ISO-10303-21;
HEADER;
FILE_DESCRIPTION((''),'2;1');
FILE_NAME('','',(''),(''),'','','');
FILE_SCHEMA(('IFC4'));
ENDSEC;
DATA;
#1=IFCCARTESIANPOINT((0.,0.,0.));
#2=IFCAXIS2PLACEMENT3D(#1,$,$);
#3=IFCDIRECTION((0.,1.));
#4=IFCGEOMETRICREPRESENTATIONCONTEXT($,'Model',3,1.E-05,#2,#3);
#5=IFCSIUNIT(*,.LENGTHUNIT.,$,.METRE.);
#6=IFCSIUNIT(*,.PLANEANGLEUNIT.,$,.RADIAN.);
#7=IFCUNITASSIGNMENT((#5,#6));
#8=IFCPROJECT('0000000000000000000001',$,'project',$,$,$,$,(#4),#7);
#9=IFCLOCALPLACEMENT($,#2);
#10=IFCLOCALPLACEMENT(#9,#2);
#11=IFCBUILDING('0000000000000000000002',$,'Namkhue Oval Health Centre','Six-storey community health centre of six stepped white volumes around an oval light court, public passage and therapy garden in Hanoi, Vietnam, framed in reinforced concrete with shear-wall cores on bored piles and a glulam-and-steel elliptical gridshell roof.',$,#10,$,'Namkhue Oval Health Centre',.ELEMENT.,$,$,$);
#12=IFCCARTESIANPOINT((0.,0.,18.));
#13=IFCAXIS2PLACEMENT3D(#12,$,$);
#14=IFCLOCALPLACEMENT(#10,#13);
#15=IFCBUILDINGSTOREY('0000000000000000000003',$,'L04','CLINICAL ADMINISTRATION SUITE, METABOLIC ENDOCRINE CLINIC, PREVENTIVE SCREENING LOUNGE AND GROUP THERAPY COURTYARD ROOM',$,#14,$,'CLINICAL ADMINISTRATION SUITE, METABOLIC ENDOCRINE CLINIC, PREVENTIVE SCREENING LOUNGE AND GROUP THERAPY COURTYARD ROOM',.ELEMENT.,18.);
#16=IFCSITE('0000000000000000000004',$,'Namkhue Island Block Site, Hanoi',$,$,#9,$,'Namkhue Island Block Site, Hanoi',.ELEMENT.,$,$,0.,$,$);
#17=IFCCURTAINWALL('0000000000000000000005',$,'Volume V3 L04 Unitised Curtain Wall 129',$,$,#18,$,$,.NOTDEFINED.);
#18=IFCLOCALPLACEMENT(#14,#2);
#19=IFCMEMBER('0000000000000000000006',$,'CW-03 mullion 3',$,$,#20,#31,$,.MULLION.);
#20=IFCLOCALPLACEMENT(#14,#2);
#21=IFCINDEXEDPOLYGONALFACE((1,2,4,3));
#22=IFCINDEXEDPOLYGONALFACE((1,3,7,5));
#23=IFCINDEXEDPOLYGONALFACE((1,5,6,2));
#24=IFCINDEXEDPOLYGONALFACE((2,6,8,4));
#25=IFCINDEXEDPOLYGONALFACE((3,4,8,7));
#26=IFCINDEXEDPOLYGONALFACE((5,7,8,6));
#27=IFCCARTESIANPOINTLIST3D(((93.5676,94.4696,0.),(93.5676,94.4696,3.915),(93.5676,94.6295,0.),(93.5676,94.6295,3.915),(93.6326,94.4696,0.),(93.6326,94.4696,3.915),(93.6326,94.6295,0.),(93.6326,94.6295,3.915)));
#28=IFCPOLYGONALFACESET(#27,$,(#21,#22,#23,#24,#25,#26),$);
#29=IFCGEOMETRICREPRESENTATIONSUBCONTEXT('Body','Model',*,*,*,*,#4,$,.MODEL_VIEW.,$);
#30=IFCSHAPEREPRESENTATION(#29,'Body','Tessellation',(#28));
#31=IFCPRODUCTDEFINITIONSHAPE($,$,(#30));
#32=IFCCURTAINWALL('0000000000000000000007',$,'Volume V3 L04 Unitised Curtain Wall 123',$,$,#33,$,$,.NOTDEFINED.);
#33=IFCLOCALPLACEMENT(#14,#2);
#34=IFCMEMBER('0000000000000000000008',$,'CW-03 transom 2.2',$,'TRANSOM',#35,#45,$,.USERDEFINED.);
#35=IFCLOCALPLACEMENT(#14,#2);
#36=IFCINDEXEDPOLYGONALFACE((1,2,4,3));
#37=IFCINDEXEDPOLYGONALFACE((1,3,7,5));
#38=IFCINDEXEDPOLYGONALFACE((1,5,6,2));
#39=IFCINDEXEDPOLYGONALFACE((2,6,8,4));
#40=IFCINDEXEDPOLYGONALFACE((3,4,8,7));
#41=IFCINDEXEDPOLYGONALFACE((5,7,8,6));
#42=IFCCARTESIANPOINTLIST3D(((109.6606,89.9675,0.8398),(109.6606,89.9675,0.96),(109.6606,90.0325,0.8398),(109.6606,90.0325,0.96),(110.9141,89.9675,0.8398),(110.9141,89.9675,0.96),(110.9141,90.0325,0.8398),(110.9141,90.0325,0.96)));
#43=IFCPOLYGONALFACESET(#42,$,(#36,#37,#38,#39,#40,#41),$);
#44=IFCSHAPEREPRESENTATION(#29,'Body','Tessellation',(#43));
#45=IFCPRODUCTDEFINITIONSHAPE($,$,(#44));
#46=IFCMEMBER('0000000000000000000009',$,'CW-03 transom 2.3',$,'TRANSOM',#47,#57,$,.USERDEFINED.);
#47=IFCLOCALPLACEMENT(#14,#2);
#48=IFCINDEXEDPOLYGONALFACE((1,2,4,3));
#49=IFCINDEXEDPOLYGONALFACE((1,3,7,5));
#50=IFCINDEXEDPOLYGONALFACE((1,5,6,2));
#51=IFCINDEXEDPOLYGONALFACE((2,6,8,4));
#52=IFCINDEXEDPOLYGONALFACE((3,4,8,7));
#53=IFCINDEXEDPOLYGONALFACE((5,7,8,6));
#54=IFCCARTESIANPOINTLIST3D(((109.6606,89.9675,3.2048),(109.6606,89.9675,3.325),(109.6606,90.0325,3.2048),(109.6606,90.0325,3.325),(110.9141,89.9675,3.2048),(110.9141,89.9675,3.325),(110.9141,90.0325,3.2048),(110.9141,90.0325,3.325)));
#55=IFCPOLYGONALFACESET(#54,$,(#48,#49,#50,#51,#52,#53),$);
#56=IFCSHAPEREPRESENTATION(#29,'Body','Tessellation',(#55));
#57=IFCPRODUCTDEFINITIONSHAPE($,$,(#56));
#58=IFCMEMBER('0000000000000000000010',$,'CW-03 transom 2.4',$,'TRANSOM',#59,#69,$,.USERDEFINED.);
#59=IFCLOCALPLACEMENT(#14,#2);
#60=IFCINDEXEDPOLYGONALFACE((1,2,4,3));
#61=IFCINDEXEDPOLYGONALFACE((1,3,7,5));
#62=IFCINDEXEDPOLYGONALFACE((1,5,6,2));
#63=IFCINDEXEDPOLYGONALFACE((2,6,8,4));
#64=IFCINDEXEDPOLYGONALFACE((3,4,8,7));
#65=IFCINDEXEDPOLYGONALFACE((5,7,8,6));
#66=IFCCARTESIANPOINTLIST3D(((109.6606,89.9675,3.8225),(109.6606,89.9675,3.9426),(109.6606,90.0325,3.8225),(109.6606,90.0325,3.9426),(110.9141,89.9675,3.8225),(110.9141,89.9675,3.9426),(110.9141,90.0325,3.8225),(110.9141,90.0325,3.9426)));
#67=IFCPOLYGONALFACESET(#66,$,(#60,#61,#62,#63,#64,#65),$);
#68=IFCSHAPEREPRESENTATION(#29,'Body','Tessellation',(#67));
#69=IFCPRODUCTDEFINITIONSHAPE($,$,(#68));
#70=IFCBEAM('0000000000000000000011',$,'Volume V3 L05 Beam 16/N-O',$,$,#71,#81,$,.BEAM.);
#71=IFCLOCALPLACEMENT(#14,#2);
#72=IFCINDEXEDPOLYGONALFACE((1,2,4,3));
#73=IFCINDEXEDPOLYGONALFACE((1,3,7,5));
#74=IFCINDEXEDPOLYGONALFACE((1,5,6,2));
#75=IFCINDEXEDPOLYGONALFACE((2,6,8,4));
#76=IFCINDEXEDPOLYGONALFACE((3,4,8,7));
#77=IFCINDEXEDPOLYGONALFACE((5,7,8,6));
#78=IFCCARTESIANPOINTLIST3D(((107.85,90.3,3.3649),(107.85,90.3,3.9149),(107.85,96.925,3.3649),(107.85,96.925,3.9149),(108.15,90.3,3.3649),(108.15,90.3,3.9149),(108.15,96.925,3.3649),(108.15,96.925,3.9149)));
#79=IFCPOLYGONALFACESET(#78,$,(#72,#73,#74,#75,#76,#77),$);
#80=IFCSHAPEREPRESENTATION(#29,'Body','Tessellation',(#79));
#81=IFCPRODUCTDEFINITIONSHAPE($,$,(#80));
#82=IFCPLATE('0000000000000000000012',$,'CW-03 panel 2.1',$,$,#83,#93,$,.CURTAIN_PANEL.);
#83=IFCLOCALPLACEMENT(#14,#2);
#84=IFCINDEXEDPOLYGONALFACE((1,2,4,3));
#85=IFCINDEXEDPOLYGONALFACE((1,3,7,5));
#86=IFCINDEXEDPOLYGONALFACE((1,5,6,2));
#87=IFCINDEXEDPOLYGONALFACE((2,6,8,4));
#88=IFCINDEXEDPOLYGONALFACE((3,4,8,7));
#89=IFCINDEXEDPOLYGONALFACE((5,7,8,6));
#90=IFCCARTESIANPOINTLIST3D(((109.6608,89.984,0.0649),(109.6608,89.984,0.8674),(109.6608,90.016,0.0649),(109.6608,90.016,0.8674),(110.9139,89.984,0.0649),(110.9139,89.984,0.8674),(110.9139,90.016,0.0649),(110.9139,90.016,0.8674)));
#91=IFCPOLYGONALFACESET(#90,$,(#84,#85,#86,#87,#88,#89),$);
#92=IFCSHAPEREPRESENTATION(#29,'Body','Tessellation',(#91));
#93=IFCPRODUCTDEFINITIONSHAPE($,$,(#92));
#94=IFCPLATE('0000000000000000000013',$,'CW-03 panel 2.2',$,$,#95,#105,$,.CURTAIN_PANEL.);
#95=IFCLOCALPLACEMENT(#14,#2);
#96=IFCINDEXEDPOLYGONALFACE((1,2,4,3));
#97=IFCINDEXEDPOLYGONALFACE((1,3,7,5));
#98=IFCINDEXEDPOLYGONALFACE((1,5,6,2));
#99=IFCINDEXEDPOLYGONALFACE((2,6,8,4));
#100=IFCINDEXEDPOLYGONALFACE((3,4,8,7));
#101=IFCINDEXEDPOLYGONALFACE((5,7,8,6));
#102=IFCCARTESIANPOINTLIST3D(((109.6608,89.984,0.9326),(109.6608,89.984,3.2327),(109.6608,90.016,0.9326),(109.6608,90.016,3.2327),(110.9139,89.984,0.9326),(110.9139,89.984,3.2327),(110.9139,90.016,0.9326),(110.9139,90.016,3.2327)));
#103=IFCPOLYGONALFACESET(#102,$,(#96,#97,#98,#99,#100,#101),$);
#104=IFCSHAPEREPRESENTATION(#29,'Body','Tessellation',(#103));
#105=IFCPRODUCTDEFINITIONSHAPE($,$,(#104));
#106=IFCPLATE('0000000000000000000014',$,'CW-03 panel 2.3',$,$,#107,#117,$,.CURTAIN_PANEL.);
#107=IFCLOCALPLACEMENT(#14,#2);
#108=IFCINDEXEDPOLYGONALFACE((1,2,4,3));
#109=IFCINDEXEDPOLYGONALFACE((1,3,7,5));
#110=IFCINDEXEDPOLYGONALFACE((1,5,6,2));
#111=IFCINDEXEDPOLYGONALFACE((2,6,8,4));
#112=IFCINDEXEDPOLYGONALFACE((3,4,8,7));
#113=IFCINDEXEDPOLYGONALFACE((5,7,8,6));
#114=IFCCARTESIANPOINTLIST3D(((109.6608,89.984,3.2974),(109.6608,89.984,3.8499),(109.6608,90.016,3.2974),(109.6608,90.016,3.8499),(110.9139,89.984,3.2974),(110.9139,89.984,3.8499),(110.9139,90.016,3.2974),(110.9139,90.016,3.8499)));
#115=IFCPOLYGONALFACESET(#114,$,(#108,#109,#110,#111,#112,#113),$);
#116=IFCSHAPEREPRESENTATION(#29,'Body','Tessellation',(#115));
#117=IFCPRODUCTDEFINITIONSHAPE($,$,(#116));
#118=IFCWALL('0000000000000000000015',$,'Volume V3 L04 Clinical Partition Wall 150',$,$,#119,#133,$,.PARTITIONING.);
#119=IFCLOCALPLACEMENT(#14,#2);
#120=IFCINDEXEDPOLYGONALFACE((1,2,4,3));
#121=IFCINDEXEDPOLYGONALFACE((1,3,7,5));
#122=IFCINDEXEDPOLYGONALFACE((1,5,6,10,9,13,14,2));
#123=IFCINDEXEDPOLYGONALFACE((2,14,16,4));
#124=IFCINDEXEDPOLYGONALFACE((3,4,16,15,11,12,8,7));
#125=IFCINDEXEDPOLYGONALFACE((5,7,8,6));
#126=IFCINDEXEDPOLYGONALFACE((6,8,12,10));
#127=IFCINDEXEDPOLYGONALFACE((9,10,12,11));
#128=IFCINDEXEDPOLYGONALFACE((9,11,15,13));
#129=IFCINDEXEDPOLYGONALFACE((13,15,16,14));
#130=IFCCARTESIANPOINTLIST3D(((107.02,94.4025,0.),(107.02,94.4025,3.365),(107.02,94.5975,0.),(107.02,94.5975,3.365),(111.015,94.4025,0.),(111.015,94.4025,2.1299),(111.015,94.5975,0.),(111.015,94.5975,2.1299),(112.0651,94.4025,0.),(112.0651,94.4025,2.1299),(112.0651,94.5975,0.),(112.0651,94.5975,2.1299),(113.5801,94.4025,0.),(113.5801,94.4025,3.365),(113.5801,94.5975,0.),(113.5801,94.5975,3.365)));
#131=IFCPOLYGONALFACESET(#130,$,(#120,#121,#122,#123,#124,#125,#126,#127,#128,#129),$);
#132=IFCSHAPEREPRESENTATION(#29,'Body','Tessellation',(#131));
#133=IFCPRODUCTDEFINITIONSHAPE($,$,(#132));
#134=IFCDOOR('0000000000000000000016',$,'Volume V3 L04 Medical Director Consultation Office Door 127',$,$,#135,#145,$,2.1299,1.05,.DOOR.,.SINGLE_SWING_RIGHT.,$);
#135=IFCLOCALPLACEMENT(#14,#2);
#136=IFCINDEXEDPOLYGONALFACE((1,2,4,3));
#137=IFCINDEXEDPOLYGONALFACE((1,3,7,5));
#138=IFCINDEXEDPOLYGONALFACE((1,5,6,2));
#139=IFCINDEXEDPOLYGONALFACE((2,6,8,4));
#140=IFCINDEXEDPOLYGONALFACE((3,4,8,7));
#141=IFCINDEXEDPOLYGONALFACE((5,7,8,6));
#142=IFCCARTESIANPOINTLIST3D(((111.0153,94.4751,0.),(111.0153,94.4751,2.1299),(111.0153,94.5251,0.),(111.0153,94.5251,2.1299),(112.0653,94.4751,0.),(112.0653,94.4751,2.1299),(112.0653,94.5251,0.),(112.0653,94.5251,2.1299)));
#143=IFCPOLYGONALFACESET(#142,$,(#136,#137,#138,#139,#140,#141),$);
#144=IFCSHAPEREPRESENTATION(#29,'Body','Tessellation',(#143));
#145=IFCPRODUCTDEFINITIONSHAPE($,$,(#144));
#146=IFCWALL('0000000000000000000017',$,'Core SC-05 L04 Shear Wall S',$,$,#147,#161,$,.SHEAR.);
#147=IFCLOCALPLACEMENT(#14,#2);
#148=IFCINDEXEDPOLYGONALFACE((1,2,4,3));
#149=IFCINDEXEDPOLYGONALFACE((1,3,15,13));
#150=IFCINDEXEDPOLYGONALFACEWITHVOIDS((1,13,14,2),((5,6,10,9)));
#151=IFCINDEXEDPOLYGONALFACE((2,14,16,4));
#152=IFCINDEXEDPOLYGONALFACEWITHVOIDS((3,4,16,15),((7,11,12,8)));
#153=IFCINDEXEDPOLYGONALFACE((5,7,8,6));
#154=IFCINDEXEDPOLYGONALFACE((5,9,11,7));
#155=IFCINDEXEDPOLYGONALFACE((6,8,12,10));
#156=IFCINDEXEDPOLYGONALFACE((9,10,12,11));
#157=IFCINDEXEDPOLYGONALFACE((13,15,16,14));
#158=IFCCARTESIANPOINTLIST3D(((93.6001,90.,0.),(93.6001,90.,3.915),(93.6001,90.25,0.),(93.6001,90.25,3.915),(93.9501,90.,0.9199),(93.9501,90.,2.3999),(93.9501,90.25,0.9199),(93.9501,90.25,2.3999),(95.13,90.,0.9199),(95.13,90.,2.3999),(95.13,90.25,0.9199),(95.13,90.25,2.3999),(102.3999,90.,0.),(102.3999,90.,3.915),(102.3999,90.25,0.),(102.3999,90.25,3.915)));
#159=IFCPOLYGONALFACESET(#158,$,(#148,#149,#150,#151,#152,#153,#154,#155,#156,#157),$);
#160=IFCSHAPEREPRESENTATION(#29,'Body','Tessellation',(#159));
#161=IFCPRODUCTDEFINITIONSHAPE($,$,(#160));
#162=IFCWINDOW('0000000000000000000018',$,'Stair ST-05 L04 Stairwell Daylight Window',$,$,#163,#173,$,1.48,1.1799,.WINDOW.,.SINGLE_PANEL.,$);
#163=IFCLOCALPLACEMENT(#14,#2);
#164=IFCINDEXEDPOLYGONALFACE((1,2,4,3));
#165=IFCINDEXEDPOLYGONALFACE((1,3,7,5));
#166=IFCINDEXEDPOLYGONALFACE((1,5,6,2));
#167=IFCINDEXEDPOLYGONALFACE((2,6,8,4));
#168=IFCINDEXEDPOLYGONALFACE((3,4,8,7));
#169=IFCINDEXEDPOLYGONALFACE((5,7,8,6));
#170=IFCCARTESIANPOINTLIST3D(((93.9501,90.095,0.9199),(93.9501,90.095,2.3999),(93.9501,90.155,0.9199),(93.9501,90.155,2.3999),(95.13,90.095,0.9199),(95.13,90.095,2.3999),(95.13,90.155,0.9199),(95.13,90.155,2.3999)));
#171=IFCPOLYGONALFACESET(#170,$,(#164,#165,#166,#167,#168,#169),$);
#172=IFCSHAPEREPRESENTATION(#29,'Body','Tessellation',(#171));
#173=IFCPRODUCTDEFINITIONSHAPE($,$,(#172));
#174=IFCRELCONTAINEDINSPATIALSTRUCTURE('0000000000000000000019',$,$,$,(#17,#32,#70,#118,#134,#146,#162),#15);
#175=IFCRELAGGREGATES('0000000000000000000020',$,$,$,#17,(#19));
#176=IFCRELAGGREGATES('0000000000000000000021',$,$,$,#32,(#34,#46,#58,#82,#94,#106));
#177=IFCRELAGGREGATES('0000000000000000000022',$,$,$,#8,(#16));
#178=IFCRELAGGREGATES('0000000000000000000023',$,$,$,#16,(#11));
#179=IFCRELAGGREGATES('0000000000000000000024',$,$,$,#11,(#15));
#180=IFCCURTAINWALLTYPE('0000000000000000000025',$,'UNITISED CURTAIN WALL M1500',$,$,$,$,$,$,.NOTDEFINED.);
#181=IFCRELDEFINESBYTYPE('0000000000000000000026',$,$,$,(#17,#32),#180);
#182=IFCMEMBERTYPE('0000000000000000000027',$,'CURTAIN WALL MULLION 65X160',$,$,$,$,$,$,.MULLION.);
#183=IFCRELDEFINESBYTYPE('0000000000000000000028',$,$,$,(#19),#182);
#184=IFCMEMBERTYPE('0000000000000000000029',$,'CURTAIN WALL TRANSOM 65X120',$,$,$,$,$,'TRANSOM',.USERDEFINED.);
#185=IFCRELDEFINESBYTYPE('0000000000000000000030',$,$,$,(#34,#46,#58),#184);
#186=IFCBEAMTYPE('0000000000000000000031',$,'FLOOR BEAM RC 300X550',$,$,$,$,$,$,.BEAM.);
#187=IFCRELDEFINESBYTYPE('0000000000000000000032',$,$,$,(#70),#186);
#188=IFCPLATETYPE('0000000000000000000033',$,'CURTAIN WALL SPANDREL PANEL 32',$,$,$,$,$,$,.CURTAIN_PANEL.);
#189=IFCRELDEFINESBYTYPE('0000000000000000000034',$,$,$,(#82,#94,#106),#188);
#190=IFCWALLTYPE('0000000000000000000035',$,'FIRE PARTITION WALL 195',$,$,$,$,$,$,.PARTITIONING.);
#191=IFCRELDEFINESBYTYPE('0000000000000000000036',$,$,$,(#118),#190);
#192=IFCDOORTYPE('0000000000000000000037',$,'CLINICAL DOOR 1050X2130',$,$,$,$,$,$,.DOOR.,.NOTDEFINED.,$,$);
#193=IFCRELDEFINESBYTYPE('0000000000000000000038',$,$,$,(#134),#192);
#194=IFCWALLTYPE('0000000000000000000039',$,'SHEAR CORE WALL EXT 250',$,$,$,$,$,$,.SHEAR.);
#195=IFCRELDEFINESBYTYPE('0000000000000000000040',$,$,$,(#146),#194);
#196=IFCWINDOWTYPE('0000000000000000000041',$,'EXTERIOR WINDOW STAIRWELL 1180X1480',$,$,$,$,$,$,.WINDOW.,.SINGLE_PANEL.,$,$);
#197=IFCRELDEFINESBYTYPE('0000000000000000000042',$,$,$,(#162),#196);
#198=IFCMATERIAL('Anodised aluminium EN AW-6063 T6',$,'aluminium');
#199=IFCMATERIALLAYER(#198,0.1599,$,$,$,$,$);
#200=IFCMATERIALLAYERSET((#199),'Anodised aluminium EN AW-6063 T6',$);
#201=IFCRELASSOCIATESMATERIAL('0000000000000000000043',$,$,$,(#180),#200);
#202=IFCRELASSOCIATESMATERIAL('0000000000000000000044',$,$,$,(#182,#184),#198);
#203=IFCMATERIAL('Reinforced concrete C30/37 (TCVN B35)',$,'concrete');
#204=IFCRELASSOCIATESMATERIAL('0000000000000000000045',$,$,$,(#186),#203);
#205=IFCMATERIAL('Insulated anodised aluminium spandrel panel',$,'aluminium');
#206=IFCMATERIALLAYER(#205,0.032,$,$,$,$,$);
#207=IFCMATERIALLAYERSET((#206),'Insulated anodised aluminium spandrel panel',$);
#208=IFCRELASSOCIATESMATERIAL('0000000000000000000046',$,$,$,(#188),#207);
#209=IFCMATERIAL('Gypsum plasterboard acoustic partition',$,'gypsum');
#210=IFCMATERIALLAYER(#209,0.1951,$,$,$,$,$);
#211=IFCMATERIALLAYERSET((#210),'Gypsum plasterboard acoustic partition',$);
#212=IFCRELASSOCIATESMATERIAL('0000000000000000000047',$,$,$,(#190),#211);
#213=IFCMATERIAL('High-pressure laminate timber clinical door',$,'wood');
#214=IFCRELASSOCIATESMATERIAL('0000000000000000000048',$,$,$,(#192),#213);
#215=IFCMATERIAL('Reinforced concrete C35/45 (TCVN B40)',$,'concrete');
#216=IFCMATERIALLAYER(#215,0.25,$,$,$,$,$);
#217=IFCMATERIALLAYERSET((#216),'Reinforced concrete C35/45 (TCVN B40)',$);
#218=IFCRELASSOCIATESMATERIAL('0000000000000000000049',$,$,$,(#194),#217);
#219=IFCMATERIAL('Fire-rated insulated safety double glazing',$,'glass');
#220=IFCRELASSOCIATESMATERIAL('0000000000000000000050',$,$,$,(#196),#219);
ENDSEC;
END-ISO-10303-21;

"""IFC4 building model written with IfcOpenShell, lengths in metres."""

from ifc_helpers import new_model, si_unit, direction, frame, frame_2d, origin, origin_2d, place, context, subcontext, project, spatial, rectangle, extrude, material, layer, layer_set, material_profile, profile_set, type_object, element, fill, aggregate, save


model = new_model("IFC4")

# Units and contexts
model_context = context("Model", 3, precision=1e-05, world=origin(), true_north=direction((0.0, 1.0)))
body_context = subcontext(model_context, "Body", "Model", "MODEL_VIEW")
ifc_project = project(units=[si_unit("LENGTHUNIT", "METRE"), si_unit("PLANEANGLEUNIT", "RADIAN")], contexts=[model_context])

# Site, building, storey
site_placement = place(None, origin())
site = spatial("IfcSite", under=ifc_project, at=site_placement, Name="Namkhue Island Block Site, Hanoi", LongName="Namkhue Island Block Site, Hanoi", CompositionType="ELEMENT", RefElevation=0.0)
building_placement = place(site_placement, origin())
building = spatial("IfcBuilding", under=site, at=building_placement, Name="Namkhue Oval Health Centre", Description="Six-storey community health centre of six stepped white volumes around an oval light court, public passage and therapy garden in Hanoi, Vietnam, framed in reinforced concrete with shear-wall cores on bored piles and a glulam-and-steel elliptical gridshell roof.", LongName="Namkhue Oval Health Centre", CompositionType="ELEMENT")
storey_placement = place(building_placement, frame((0.0, 0.0, 18.0)))
storey = spatial("IfcBuildingStorey", under=building, at=storey_placement, Name="L04", Description="CLINICAL ADMINISTRATION SUITE, METABOLIC ENDOCRINE CLINIC, PREVENTIVE SCREENING LOUNGE AND GROUP THERAPY COURTYARD ROOM", LongName="CLINICAL ADMINISTRATION SUITE, METABOLIC ENDOCRINE CLINIC, PREVENTIVE SCREENING LOUNGE AND GROUP THERAPY COURTYARD ROOM", CompositionType="ELEMENT", Elevation=18.0)

# Curtain wall, member
ifc_material_1 = material(Name="Anodised aluminium EN AW-6063 T6", Category="aluminium")
ifc_layer_1 = layer(ifc_material_1, 0.1599)
ifc_layer_set_1 = layer_set([ifc_layer_1], Name="Anodised aluminium EN AW-6063 T6")
curtain_wall_type = type_object("IfcCurtainWallType", Name="UNITISED CURTAIN WALL M1500", PredefinedType="NOTDEFINED", material=ifc_layer_set_1)
curtain_wall_1_placement = place(storey_placement, origin())
curtain_wall_1 = element("IfcCurtainWall", 1, at=curtain_wall_1_placement, inside=storey, type_object=curtain_wall_type, Name="Volume V3 L04 Unitised Curtain Wall 129", PredefinedType="NOTDEFINED")
ifc_material_profile_1 = material_profile(ifc_material_1, rectangle(XDim=0.0649, YDim=0.1599, at=origin_2d()), Name="ALU 65x160")
ifc_profile_set_1 = profile_set([ifc_material_profile_1], Name="Anodised aluminium EN AW-6063 T6")
member_type_1 = type_object("IfcMemberType", Name="CURTAIN WALL MULLION 65X160", PredefinedType="MULLION", material=ifc_profile_set_1)
member_1_placement = place(storey_placement, frame((93.6001, 94.5496, 0.0), z_axis=(0.0, 0.0, 1.0), x_axis=(1.0, 0.0, 0.0)))
member_1 = element("IfcMember", 2, at=member_1_placement, type_object=member_type_1, Name="CW-03 mullion 3", PredefinedType="MULLION", context=body_context, shape_type="SweptSolid", body=[
    extrude(rectangle(XDim=0.0649, YDim=0.1599, at=origin_2d()), origin(), (0.0, 0.0, 1.0), 3.915),
])
aggregate(curtain_wall_1, [member_1])

# Curtain wall, members
curtain_wall_2_placement = place(storey_placement, origin())
curtain_wall_2 = element("IfcCurtainWall", 3, at=curtain_wall_2_placement, inside=storey, type_object=curtain_wall_type, Name="Volume V3 L04 Unitised Curtain Wall 123", PredefinedType="NOTDEFINED")
ifc_material_profile_2 = material_profile(ifc_material_1, rectangle(XDim=0.0649, YDim=0.1201, at=origin_2d()), Name="ALU 65x120")
ifc_profile_set_2 = profile_set([ifc_material_profile_2], Name="Anodised aluminium EN AW-6063 T6")
member_type_2 = type_object("IfcMemberType", Name="CURTAIN WALL TRANSOM 65X120", ElementType="TRANSOM", PredefinedType="USERDEFINED", material=ifc_profile_set_2)
member_2_placement = place(storey_placement, frame((109.6606, 90.0, 0.8999), z_axis=(1.0, 0.0, 0.0), x_axis=(0.0, 1.0, 0.0)))
member_2 = element("IfcMember", 4, at=member_2_placement, type_object=member_type_2, Name="CW-03 transom 2.2", ObjectType="TRANSOM", PredefinedType="USERDEFINED", context=body_context, shape_type="SweptSolid", body=[
    extrude(rectangle(XDim=0.0649, YDim=0.1201, at=origin_2d()), origin(), (0.0, 0.0, 1.0), 1.2534),
])
member_3_placement = place(storey_placement, frame((109.6606, 90.0, 3.2649), z_axis=(1.0, 0.0, 0.0), x_axis=(0.0, 1.0, 0.0)))
member_3 = element("IfcMember", 5, at=member_3_placement, type_object=member_type_2, Name="CW-03 transom 2.3", ObjectType="TRANSOM", PredefinedType="USERDEFINED", context=body_context, shape_type="SweptSolid", body=[
    extrude(rectangle(XDim=0.0649, YDim=0.1201, at=origin_2d()), origin(), (0.0, 0.0, 1.0), 1.2534),
])
member_4_placement = place(storey_placement, frame((109.6606, 90.0, 3.8826), z_axis=(1.0, 0.0, 0.0), x_axis=(0.0, 1.0, 0.0)))
member_4 = element("IfcMember", 6, at=member_4_placement, type_object=member_type_2, Name="CW-03 transom 2.4", ObjectType="TRANSOM", PredefinedType="USERDEFINED", context=body_context, shape_type="SweptSolid", body=[
    extrude(rectangle(XDim=0.0649, YDim=0.1201, at=origin_2d()), origin(), (0.0, 0.0, 1.0), 1.2534),
])

# Beam
ifc_material_2 = material(Name="Reinforced concrete C30/37 (TCVN B35)", Category="concrete")
ifc_material_profile_3 = material_profile(ifc_material_2, rectangle(XDim=0.3, YDim=0.55, at=origin_2d()), Name="RC 300x550")
ifc_profile_set_3 = profile_set([ifc_material_profile_3], Name="Reinforced concrete C30/37 (TCVN B35)")
beam_type = type_object("IfcBeamType", Name="FLOOR BEAM RC 300X550", PredefinedType="BEAM", material=ifc_profile_set_3)
beam_placement = place(storey_placement, frame((108.0, 90.3, 3.6399), z_axis=(0.0, 1.0, 0.0), x_axis=(-1.0, 0.0, 0.0)))
element("IfcBeam", 7, at=beam_placement, inside=storey, type_object=beam_type, Name="Volume V3 L05 Beam 16/N-O", PredefinedType="BEAM", context=body_context, shape_type="SweptSolid", body=[
    extrude(rectangle(XDim=0.3, YDim=0.55, at=origin_2d()), origin(), (0.0, 0.0, 1.0), 6.625),
])

# Plates
ifc_material_3 = material(Name="Insulated anodised aluminium spandrel panel", Category="aluminium")
ifc_layer_2 = layer(ifc_material_3, 0.032)
ifc_layer_set_2 = layer_set([ifc_layer_2], Name="Insulated anodised aluminium spandrel panel")
plate_type = type_object("IfcPlateType", Name="CURTAIN WALL SPANDREL PANEL 32", PredefinedType="CURTAIN_PANEL", material=ifc_layer_set_2)
plate_1_placement = place(storey_placement, frame((110.2874, 90.0, 0.0649), z_axis=(0.0, 0.0, 1.0), x_axis=(1.0, 0.0, 0.0)))
plate_1 = element("IfcPlate", 8, at=plate_1_placement, type_object=plate_type, Name="CW-03 panel 2.1", PredefinedType="CURTAIN_PANEL", context=body_context, shape_type="SweptSolid", body=[
    extrude(rectangle(XDim=1.2532, YDim=0.032, at=origin_2d()), origin(), (0.0, 0.0, 1.0), 0.8025),
])
plate_2_placement = place(storey_placement, frame((110.2874, 90.0, 0.9326), z_axis=(0.0, 0.0, 1.0), x_axis=(1.0, 0.0, 0.0)))
plate_2 = element("IfcPlate", 9, at=plate_2_placement, type_object=plate_type, Name="CW-03 panel 2.2", PredefinedType="CURTAIN_PANEL", context=body_context, shape_type="SweptSolid", body=[
    extrude(rectangle(XDim=1.2532, YDim=0.032, at=origin_2d()), origin(), (0.0, 0.0, 1.0), 2.3),
])
plate_3_placement = place(storey_placement, frame((110.2874, 90.0, 3.2974), z_axis=(0.0, 0.0, 1.0), x_axis=(1.0, 0.0, 0.0)))
plate_3 = element("IfcPlate", 10, at=plate_3_placement, type_object=plate_type, Name="CW-03 panel 2.3", PredefinedType="CURTAIN_PANEL", context=body_context, shape_type="SweptSolid", body=[
    extrude(rectangle(XDim=1.2532, YDim=0.032, at=origin_2d()), origin(), (0.0, 0.0, 1.0), 0.5525),
])
aggregate(curtain_wall_2, [member_2, member_3, member_4, plate_1, plate_2, plate_3])

# Wall, opening, door
ifc_material_4 = material(Name="Gypsum plasterboard acoustic partition", Category="gypsum")
ifc_layer_3 = layer(ifc_material_4, 0.1951)
ifc_layer_set_3 = layer_set([ifc_layer_3], Name="Gypsum plasterboard acoustic partition")
wall_type_1 = type_object("IfcWallType", Name="FIRE PARTITION WALL 195", PredefinedType="PARTITIONING", material=ifc_layer_set_3)
wall_1_placement = place(storey_placement, frame((107.02, 94.5, 0.0), z_axis=(0.0, 0.0, 1.0), x_axis=(1.0, 0.0, 0.0)))
wall_1 = element("IfcWall", 11, at=wall_1_placement, inside=storey, type_object=wall_type_1, Name="Volume V3 L04 Clinical Partition Wall 150", PredefinedType="PARTITIONING", context=body_context, shape_type="SweptSolid", body=[
    extrude(rectangle(XDim=6.5601, YDim=0.1951, at=frame_2d((3.28, 0.0))), origin(), (0.0, 0.0, 1.0), 3.365),
])
opening_1_placement = place(wall_1_placement, frame((3.9951, 0.0, 0.0)))
opening_1 = element("IfcOpeningElement", 12, at=opening_1_placement, cuts=wall_1, PredefinedType="OPENING", context=body_context, shape_type="SweptSolid", body=[
    extrude(rectangle(XDim=1.05, YDim=2.1299, at=frame_2d((0.5249, 1.0649))), frame((0.0, 0.1074, 0.0), z_axis=(0.0, -1.0, 0.0), x_axis=(1.0, 0.0, 0.0)), (0.0, 0.0, 1.0), 0.2151),
])
ifc_material_5 = material(Name="High-pressure laminate timber clinical door", Category="wood")
door_type_1 = type_object("IfcDoorType", Name="CLINICAL DOOR 1050X2130", OperationType="NOTDEFINED", PredefinedType="DOOR", material=ifc_material_5)
door_1_placement = place(opening_1_placement, frame((1.05, 0.0, 0.0), z_axis=(0.0, 0.0, 1.0), x_axis=(-1.0, 0.0, 0.0)))
door_1 = element("IfcDoor", 13, at=door_1_placement, inside=storey, type_object=door_type_1, Name="Volume V3 L04 Medical Director Consultation Office Door 127", OperationType="SINGLE_SWING_RIGHT", OverallHeight=2.1299, OverallWidth=1.05, PredefinedType="DOOR", context=body_context, shape_type="SweptSolid", body=[
    extrude(rectangle(XDim=1.05, YDim=2.1299, at=frame_2d((0.5249, 1.0649))), frame((0.0, 0.0249, 0.0), z_axis=(0.0, -1.0, 0.0), x_axis=(1.0, 0.0, 0.0)), (0.0, 0.0, 1.0), 0.05),
])
fill(opening_1, door_1)

# Wall, opening, window
ifc_material_6 = material(Name="Reinforced concrete C35/45 (TCVN B40)", Category="concrete")
ifc_layer_4 = layer(ifc_material_6, 0.25)
ifc_layer_set_4 = layer_set([ifc_layer_4], Name="Reinforced concrete C35/45 (TCVN B40)")
wall_type_2 = type_object("IfcWallType", Name="SHEAR CORE WALL EXT 250", PredefinedType="SHEAR", material=ifc_layer_set_4)
wall_2_placement = place(storey_placement, frame((93.6001, 90.125, 0.0), z_axis=(0.0, 0.0, 1.0), x_axis=(1.0, 0.0, 0.0)))
wall_2 = element("IfcWall", 14, at=wall_2_placement, inside=storey, type_object=wall_type_2, Name="Core SC-05 L04 Shear Wall S", PredefinedType="SHEAR", context=body_context, shape_type="SweptSolid", body=[
    extrude(rectangle(XDim=8.7998, YDim=0.25, at=frame_2d((4.3999, 0.0))), origin(), (0.0, 0.0, 1.0), 3.915),
])
opening_2_placement = place(wall_2_placement, frame((0.3501, 0.0, 0.9199)))
opening_2 = element("IfcOpeningElement", 15, at=opening_2_placement, cuts=wall_2, PredefinedType="OPENING", context=body_context, shape_type="SweptSolid", body=[
    extrude(rectangle(XDim=1.1799, YDim=1.48, at=frame_2d((0.5898, 0.74))), frame((0.0, 0.135, 0.0), z_axis=(0.0, -1.0, 0.0), x_axis=(1.0, 0.0, 0.0)), (0.0, 0.0, 1.0), 0.27),
])
ifc_material_7 = material(Name="Fire-rated insulated safety double glazing", Category="glass")
window_type = type_object("IfcWindowType", Name="EXTERIOR WINDOW STAIRWELL 1180X1480", PartitioningType="SINGLE_PANEL", PredefinedType="WINDOW", material=ifc_material_7)
window_placement = place(opening_2_placement, origin())
window = element("IfcWindow", 16, at=window_placement, inside=storey, type_object=window_type, Name="Stair ST-05 L04 Stairwell Daylight Window", OverallHeight=1.48, OverallWidth=1.1799, PartitioningType="SINGLE_PANEL", PredefinedType="WINDOW", context=body_context, shape_type="SweptSolid", body=[
    extrude(rectangle(XDim=1.1799, YDim=1.48, at=frame_2d((0.5898, 0.74))), frame((0.0, 0.03, 0.0), z_axis=(0.0, -1.0, 0.0), x_axis=(1.0, 0.0, 0.0)), (0.0, 0.0, 1.0), 0.0601),
])
fill(opening_2, window)

save(model, "model.ifc")
